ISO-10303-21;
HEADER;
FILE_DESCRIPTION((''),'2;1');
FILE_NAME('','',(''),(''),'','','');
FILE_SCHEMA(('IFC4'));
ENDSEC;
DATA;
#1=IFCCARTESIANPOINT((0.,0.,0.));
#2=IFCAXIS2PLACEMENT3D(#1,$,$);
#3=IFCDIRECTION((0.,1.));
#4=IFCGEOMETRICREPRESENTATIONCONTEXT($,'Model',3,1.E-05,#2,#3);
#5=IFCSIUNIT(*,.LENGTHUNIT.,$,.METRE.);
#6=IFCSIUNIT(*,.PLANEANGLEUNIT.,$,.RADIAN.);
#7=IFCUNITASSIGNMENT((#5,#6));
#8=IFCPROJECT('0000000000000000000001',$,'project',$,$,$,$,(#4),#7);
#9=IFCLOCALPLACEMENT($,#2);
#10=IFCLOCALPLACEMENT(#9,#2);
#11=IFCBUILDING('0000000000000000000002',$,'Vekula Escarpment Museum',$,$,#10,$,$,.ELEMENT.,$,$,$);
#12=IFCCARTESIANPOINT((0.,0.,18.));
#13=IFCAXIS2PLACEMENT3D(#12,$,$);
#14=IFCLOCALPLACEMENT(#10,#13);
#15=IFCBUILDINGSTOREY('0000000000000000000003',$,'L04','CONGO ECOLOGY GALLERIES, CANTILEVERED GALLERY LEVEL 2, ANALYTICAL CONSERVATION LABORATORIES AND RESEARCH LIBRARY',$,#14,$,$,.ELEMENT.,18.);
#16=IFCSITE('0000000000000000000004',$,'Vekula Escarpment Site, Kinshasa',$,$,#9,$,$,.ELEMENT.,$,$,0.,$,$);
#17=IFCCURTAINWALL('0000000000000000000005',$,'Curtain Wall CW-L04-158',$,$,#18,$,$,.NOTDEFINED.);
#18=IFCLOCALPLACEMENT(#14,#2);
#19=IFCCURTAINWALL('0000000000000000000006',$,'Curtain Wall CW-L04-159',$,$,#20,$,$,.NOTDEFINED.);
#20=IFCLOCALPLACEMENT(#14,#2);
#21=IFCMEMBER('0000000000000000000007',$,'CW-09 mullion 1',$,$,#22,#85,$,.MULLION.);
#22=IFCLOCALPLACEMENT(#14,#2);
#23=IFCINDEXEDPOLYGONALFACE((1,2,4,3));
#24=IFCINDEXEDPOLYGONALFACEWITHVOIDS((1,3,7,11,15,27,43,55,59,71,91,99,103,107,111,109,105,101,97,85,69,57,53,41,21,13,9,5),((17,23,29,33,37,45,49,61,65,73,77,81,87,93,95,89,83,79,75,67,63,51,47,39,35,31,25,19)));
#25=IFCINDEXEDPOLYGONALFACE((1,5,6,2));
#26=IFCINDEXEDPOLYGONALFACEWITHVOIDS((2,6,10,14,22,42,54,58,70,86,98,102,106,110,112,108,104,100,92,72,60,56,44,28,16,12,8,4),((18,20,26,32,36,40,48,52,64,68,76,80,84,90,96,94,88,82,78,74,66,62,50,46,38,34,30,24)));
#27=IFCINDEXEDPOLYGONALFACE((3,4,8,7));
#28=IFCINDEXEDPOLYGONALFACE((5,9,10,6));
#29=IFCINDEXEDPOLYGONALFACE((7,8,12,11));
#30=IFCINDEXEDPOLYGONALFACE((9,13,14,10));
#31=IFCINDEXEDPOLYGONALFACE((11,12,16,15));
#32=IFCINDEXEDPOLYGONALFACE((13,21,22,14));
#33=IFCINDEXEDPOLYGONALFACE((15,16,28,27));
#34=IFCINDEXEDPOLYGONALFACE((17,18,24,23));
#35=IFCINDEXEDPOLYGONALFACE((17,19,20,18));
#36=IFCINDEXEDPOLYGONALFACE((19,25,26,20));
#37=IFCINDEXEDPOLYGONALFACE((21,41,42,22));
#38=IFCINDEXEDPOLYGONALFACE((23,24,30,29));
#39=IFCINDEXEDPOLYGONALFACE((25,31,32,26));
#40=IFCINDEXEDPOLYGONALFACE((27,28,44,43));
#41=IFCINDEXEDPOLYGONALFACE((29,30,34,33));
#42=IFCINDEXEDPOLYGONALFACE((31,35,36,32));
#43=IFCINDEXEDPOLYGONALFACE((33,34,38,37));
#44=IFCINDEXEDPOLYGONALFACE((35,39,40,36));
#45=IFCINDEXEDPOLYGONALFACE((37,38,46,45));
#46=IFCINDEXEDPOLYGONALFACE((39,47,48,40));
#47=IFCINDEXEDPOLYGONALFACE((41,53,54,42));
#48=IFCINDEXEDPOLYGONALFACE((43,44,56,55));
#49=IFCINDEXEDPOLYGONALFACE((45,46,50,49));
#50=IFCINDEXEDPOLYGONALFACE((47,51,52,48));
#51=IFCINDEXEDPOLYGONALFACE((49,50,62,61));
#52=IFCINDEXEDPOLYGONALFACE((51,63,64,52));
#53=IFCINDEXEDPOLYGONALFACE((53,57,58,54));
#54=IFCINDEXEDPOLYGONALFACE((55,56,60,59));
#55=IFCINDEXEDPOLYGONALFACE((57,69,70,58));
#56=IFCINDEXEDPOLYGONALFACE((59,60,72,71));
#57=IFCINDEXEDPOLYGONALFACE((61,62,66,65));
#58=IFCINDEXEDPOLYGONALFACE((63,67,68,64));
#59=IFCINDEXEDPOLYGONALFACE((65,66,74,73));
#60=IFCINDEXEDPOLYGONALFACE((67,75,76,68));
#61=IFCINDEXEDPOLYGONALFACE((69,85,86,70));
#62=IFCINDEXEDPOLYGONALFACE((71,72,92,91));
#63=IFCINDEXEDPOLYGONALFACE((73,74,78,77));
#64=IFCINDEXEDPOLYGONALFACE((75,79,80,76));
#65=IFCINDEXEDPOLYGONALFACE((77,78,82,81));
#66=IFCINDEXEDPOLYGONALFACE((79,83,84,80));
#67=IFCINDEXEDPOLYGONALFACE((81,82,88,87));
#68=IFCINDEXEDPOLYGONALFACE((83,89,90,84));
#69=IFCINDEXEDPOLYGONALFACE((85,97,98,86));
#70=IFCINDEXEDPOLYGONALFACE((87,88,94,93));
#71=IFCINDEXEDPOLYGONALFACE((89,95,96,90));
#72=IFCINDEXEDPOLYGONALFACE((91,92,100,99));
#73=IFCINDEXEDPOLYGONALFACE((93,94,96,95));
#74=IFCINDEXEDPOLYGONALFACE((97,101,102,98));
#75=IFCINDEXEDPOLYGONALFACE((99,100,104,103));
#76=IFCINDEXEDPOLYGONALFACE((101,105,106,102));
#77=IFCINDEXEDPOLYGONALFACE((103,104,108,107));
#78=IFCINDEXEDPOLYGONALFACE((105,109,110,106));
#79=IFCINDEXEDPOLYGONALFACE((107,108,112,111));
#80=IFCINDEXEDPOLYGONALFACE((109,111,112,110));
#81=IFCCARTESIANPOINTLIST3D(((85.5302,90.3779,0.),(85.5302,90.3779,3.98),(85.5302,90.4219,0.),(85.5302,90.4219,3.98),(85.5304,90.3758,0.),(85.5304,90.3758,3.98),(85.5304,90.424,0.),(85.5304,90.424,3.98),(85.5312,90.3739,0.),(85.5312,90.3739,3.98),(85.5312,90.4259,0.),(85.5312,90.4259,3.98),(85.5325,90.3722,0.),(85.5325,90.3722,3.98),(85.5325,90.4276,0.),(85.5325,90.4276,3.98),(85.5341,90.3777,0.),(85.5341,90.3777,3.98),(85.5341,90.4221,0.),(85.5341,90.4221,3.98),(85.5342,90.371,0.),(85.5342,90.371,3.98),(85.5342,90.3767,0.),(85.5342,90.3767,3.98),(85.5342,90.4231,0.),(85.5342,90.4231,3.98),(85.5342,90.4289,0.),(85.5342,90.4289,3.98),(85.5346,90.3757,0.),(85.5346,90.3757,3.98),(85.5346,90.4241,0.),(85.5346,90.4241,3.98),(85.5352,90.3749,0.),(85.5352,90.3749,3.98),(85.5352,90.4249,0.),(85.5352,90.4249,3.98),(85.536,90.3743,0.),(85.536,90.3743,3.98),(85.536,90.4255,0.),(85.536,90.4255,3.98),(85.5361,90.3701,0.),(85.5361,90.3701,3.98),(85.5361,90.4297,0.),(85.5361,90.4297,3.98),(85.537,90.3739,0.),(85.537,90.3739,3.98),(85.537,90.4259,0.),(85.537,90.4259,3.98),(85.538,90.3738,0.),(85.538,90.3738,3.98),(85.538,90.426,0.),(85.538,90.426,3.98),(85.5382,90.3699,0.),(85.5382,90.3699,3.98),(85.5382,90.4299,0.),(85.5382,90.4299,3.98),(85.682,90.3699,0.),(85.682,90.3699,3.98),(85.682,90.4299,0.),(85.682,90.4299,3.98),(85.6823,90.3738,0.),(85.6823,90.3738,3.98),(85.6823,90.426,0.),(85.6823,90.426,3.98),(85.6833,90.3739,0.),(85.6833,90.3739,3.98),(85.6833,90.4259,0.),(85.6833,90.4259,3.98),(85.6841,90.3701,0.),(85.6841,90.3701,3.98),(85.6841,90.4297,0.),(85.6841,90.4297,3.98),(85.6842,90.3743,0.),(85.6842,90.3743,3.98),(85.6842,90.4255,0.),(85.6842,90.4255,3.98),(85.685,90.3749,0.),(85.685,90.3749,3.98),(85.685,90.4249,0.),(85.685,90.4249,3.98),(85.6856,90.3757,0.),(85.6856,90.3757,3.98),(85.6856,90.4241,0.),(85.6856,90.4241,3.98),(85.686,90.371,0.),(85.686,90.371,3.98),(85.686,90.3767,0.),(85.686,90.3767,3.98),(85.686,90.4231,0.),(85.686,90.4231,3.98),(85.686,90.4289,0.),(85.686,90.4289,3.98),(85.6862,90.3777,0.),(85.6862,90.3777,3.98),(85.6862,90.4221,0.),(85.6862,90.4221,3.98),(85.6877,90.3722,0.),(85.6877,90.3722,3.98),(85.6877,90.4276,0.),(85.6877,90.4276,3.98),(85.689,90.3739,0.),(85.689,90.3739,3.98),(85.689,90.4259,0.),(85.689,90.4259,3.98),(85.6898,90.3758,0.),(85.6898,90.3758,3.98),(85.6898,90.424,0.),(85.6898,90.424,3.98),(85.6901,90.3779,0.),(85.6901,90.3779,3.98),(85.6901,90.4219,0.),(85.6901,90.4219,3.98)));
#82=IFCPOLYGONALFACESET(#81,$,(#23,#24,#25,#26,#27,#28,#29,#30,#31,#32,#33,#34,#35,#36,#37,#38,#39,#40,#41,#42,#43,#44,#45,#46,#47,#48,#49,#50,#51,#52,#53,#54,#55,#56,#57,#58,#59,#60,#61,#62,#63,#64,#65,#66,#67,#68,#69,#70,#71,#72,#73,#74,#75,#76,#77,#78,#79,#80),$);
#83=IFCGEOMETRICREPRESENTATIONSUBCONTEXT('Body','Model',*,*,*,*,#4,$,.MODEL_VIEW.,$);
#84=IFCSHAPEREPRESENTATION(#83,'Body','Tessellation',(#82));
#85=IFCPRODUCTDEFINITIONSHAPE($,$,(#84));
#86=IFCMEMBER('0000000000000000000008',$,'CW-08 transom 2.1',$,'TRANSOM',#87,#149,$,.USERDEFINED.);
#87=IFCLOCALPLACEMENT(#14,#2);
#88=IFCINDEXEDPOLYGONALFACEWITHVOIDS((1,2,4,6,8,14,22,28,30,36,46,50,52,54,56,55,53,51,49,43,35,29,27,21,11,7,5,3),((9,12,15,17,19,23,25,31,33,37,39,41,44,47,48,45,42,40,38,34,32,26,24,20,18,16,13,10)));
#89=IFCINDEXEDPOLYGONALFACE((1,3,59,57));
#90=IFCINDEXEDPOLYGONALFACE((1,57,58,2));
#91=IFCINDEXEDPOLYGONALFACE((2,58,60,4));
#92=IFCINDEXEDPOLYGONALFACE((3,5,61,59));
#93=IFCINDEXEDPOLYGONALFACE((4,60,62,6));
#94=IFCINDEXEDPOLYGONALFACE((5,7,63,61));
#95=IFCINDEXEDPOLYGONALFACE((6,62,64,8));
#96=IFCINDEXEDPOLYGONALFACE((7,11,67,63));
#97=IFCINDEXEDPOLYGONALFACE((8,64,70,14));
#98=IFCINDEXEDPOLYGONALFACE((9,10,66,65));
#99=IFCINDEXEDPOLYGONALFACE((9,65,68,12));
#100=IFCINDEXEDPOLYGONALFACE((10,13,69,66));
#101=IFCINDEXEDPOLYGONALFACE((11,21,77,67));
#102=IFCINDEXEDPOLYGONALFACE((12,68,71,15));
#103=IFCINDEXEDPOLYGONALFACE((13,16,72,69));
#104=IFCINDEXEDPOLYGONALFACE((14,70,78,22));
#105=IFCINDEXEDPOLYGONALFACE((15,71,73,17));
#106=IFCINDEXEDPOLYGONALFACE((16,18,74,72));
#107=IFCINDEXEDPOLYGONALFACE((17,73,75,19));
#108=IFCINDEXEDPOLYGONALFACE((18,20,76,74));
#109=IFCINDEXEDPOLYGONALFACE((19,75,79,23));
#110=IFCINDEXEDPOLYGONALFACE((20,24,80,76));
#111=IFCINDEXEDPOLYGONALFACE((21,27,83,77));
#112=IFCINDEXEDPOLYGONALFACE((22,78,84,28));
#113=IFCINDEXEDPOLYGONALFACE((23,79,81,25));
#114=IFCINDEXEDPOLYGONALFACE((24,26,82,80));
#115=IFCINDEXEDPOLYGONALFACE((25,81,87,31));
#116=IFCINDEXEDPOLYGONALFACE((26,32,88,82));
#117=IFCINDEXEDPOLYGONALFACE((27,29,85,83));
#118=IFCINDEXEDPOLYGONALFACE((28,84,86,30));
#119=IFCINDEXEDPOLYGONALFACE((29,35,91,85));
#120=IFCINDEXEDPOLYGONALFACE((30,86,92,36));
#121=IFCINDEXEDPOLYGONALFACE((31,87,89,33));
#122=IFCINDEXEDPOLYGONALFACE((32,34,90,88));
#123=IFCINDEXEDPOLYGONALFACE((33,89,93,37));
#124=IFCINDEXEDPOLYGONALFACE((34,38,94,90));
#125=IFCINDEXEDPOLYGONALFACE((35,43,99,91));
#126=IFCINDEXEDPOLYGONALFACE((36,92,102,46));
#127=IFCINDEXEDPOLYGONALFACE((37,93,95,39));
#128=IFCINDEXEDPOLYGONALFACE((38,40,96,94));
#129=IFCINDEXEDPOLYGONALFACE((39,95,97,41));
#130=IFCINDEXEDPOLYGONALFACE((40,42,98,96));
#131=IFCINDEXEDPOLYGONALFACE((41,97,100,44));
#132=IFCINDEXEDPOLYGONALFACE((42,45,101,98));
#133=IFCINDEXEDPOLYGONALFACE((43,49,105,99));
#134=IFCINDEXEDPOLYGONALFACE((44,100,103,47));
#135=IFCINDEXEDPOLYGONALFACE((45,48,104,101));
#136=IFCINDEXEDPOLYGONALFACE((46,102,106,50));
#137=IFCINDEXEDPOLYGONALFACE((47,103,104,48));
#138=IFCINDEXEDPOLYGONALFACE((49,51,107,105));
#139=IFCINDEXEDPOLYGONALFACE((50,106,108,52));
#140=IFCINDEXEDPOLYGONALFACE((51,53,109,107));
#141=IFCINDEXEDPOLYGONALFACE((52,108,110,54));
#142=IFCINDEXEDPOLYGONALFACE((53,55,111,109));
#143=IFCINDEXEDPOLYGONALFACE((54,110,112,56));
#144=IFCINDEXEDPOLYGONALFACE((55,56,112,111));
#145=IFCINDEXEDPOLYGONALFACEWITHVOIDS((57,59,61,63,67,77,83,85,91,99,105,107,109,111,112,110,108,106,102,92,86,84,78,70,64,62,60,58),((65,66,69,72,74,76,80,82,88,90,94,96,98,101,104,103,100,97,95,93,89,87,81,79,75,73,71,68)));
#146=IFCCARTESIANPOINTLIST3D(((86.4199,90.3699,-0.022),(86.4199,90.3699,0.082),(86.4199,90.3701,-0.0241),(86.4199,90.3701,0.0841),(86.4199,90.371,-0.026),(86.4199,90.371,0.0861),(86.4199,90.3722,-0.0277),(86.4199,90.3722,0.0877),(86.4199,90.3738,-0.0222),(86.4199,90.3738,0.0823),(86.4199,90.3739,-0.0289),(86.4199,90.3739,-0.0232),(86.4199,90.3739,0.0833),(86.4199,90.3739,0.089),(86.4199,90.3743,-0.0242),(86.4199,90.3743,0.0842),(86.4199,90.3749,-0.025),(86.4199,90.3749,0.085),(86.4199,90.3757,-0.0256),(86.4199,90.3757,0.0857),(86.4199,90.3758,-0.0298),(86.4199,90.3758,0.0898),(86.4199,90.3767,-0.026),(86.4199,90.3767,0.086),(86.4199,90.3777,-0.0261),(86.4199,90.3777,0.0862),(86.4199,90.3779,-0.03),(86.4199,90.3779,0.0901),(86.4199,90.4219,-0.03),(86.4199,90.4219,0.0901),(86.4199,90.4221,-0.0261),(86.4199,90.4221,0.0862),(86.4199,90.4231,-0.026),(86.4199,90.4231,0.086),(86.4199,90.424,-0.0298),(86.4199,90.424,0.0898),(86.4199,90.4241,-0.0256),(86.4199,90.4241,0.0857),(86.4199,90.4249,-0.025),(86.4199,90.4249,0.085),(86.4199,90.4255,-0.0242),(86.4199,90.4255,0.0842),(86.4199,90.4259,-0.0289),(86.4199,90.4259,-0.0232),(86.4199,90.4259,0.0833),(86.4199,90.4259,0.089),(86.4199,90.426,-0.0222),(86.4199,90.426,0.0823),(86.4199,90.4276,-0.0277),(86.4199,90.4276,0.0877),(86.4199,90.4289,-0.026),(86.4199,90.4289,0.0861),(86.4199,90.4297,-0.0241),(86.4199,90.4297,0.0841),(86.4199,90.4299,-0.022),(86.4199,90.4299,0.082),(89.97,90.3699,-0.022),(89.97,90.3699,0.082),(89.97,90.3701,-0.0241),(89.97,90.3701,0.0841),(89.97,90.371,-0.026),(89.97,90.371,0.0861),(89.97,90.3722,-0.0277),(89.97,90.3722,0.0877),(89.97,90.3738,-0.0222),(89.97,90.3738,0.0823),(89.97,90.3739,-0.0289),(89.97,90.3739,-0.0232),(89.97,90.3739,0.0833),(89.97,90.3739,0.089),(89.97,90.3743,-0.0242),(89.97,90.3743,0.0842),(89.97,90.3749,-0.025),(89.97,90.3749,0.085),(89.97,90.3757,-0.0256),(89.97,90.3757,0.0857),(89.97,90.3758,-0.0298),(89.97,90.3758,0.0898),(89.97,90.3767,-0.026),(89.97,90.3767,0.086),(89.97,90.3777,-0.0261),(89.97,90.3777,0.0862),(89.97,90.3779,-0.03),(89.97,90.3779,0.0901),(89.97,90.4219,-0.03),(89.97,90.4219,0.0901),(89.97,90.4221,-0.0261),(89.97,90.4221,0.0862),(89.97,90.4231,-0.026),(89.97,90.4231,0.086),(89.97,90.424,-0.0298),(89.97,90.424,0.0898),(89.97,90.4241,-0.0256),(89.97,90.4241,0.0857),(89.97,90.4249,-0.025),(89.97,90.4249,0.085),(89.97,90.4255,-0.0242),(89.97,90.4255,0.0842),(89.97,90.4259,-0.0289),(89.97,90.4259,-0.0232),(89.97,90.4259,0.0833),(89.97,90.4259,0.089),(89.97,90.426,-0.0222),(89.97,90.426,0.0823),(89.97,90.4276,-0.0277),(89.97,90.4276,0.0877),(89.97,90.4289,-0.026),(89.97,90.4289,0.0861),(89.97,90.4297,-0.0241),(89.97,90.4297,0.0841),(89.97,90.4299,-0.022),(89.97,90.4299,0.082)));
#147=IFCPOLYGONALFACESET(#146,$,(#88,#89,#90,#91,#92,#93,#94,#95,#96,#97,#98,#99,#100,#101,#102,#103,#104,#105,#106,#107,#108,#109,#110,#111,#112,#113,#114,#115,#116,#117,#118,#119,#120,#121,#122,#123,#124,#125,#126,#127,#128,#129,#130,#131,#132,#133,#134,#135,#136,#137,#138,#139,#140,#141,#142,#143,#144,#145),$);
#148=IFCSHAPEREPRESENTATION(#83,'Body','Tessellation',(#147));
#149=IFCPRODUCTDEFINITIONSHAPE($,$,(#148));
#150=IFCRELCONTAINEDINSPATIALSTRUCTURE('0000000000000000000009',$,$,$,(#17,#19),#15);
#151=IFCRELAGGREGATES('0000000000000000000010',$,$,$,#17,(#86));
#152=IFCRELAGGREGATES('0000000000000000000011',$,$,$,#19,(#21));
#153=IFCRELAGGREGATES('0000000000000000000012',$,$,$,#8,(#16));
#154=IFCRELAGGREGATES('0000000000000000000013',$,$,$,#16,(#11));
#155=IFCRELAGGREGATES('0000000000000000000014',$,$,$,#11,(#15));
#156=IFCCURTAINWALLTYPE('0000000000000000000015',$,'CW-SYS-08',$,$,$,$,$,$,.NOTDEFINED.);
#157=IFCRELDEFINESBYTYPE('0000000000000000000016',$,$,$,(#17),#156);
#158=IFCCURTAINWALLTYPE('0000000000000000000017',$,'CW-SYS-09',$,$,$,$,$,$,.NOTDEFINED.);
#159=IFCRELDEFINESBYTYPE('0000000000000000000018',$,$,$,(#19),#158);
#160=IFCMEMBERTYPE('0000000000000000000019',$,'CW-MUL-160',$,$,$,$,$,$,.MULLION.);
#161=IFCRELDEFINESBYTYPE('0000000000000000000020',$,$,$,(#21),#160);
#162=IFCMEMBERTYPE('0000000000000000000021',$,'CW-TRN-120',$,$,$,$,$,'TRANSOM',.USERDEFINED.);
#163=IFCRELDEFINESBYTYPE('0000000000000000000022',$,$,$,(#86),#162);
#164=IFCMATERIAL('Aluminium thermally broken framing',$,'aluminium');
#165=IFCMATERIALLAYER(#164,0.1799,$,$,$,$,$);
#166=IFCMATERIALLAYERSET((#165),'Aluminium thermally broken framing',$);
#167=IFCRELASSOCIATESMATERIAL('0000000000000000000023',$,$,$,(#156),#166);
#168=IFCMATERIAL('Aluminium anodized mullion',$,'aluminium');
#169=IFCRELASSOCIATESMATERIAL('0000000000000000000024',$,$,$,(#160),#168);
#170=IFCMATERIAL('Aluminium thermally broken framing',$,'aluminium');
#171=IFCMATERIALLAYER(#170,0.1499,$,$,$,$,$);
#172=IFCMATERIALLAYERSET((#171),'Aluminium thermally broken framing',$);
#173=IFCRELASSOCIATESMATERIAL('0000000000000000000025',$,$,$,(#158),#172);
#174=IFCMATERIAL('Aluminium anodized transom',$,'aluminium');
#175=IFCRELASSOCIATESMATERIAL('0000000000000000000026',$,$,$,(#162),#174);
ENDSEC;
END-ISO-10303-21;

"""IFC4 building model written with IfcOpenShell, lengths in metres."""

from ifc_helpers import new_model, si_unit, direction, frame, origin, origin_2d, place, context, subcontext, project, spatial, hollow_rectangle, extrude, material, layer, layer_set, material_profile, profile_set, type_object, element, aggregate, save


model = new_model("IFC4")

# Units and contexts
model_context = context("Model", 3, precision=1e-05, world=origin(), true_north=direction((0.0, 1.0)))
body_context = subcontext(model_context, "Body", "Model", "MODEL_VIEW")
ifc_project = project(units=[si_unit("LENGTHUNIT", "METRE"), si_unit("PLANEANGLEUNIT", "RADIAN")], contexts=[model_context])

# Site, building, storey
site_placement = place(None, origin())
site = spatial("IfcSite", under=ifc_project, at=site_placement, Name="Vekula Escarpment Site, Kinshasa", CompositionType="ELEMENT", RefElevation=0.0)
building_placement = place(site_placement, origin())
building = spatial("IfcBuilding", under=site, at=building_placement, Name="Vekula Escarpment Museum", CompositionType="ELEMENT")
storey_placement = place(building_placement, frame((0.0, 0.0, 18.0)))
storey = spatial("IfcBuildingStorey", under=building, at=storey_placement, Name="L04", Description="CONGO ECOLOGY GALLERIES, CANTILEVERED GALLERY LEVEL 2, ANALYTICAL CONSERVATION LABORATORIES AND RESEARCH LIBRARY", CompositionType="ELEMENT", Elevation=18.0)

# Curtain wall
ifc_material_1 = material(Name="Aluminium thermally broken framing", Category="aluminium")
ifc_layer_1 = layer(ifc_material_1, 0.1799)
ifc_layer_set_1 = layer_set([ifc_layer_1], Name="Aluminium thermally broken framing")
curtain_wall_type_1 = type_object("IfcCurtainWallType", Name="CW-SYS-08", PredefinedType="NOTDEFINED", material=ifc_layer_set_1)
curtain_wall_1_placement = place(storey_placement, origin())
curtain_wall_1 = element("IfcCurtainWall", 1, at=curtain_wall_1_placement, inside=storey, type_object=curtain_wall_type_1, Name="Curtain Wall CW-L04-158", PredefinedType="NOTDEFINED")
ifc_material_2 = material(Name="Aluminium anodized mullion", Category="aluminium")
ifc_material_profile_1 = material_profile(ifc_material_2, hollow_rectangle(XDim=0.0601, YDim=0.1599, WallThickness=0.0039, InnerFilletRadius=0.0039, OuterFilletRadius=0.0081, at=origin_2d()), Name="ALU 160x60x4")
ifc_profile_set_1 = profile_set([ifc_material_profile_1], Name="Aluminium anodized mullion")
member_type_1 = type_object("IfcMemberType", Name="CW-MUL-160", PredefinedType="MULLION", material=ifc_profile_set_1)

# Curtain wall, member
ifc_material_3 = material(Name="Aluminium thermally broken framing", Category="aluminium")
ifc_layer_2 = layer(ifc_material_3, 0.1499)
ifc_layer_set_2 = layer_set([ifc_layer_2], Name="Aluminium thermally broken framing")
curtain_wall_type_2 = type_object("IfcCurtainWallType", Name="CW-SYS-09", PredefinedType="NOTDEFINED", material=ifc_layer_set_2)
curtain_wall_2_placement = place(storey_placement, origin())
curtain_wall_2 = element("IfcCurtainWall", 2, at=curtain_wall_2_placement, inside=storey, type_object=curtain_wall_type_2, Name="Curtain Wall CW-L04-159", PredefinedType="NOTDEFINED")
member_1_placement = place(storey_placement, frame((85.6101, 90.3999, 0.0), z_axis=(0.0, 0.0, 1.0), x_axis=(0.0, -1.0, 0.0)))
member_1 = element("IfcMember", 3, at=member_1_placement, type_object=member_type_1, Name="CW-09 mullion 1", PredefinedType="MULLION", context=body_context, shape_type="SweptSolid", body=[
    extrude(hollow_rectangle(XDim=0.0601, YDim=0.1599, WallThickness=0.0039, InnerFilletRadius=0.0039, OuterFilletRadius=0.0081, at=origin_2d()), origin(), (0.0, 0.0, 1.0), 3.98),
])

# Member
ifc_material_4 = material(Name="Aluminium anodized transom", Category="aluminium")
ifc_material_profile_2 = material_profile(ifc_material_4, hollow_rectangle(XDim=0.0601, YDim=0.1201, WallThickness=0.0039, InnerFilletRadius=0.0039, OuterFilletRadius=0.0081, at=origin_2d()), Name="ALU 120x60x4")
ifc_profile_set_2 = profile_set([ifc_material_profile_2], Name="Aluminium anodized transom")
member_type_2 = type_object("IfcMemberType", Name="CW-TRN-120", ElementType="TRANSOM", PredefinedType="USERDEFINED", material=ifc_profile_set_2)
member_2_placement = place(storey_placement, frame((89.97, 90.3999, 0.03), z_axis=(-1.0, 0.0, 0.0), x_axis=(0.0, -1.0, 0.0)))
member_2 = element("IfcMember", 4, at=member_2_placement, type_object=member_type_2, Name="CW-08 transom 2.1", ObjectType="TRANSOM", PredefinedType="USERDEFINED", context=body_context, shape_type="SweptSolid", body=[
    extrude(hollow_rectangle(XDim=0.0601, YDim=0.1201, WallThickness=0.0039, InnerFilletRadius=0.0039, OuterFilletRadius=0.0081, at=origin_2d()), origin(), (0.0, 0.0, 1.0), 3.55),
])

aggregate(curtain_wall_1, [member_2])
aggregate(curtain_wall_2, [member_1])

save(model, "model.ifc")
